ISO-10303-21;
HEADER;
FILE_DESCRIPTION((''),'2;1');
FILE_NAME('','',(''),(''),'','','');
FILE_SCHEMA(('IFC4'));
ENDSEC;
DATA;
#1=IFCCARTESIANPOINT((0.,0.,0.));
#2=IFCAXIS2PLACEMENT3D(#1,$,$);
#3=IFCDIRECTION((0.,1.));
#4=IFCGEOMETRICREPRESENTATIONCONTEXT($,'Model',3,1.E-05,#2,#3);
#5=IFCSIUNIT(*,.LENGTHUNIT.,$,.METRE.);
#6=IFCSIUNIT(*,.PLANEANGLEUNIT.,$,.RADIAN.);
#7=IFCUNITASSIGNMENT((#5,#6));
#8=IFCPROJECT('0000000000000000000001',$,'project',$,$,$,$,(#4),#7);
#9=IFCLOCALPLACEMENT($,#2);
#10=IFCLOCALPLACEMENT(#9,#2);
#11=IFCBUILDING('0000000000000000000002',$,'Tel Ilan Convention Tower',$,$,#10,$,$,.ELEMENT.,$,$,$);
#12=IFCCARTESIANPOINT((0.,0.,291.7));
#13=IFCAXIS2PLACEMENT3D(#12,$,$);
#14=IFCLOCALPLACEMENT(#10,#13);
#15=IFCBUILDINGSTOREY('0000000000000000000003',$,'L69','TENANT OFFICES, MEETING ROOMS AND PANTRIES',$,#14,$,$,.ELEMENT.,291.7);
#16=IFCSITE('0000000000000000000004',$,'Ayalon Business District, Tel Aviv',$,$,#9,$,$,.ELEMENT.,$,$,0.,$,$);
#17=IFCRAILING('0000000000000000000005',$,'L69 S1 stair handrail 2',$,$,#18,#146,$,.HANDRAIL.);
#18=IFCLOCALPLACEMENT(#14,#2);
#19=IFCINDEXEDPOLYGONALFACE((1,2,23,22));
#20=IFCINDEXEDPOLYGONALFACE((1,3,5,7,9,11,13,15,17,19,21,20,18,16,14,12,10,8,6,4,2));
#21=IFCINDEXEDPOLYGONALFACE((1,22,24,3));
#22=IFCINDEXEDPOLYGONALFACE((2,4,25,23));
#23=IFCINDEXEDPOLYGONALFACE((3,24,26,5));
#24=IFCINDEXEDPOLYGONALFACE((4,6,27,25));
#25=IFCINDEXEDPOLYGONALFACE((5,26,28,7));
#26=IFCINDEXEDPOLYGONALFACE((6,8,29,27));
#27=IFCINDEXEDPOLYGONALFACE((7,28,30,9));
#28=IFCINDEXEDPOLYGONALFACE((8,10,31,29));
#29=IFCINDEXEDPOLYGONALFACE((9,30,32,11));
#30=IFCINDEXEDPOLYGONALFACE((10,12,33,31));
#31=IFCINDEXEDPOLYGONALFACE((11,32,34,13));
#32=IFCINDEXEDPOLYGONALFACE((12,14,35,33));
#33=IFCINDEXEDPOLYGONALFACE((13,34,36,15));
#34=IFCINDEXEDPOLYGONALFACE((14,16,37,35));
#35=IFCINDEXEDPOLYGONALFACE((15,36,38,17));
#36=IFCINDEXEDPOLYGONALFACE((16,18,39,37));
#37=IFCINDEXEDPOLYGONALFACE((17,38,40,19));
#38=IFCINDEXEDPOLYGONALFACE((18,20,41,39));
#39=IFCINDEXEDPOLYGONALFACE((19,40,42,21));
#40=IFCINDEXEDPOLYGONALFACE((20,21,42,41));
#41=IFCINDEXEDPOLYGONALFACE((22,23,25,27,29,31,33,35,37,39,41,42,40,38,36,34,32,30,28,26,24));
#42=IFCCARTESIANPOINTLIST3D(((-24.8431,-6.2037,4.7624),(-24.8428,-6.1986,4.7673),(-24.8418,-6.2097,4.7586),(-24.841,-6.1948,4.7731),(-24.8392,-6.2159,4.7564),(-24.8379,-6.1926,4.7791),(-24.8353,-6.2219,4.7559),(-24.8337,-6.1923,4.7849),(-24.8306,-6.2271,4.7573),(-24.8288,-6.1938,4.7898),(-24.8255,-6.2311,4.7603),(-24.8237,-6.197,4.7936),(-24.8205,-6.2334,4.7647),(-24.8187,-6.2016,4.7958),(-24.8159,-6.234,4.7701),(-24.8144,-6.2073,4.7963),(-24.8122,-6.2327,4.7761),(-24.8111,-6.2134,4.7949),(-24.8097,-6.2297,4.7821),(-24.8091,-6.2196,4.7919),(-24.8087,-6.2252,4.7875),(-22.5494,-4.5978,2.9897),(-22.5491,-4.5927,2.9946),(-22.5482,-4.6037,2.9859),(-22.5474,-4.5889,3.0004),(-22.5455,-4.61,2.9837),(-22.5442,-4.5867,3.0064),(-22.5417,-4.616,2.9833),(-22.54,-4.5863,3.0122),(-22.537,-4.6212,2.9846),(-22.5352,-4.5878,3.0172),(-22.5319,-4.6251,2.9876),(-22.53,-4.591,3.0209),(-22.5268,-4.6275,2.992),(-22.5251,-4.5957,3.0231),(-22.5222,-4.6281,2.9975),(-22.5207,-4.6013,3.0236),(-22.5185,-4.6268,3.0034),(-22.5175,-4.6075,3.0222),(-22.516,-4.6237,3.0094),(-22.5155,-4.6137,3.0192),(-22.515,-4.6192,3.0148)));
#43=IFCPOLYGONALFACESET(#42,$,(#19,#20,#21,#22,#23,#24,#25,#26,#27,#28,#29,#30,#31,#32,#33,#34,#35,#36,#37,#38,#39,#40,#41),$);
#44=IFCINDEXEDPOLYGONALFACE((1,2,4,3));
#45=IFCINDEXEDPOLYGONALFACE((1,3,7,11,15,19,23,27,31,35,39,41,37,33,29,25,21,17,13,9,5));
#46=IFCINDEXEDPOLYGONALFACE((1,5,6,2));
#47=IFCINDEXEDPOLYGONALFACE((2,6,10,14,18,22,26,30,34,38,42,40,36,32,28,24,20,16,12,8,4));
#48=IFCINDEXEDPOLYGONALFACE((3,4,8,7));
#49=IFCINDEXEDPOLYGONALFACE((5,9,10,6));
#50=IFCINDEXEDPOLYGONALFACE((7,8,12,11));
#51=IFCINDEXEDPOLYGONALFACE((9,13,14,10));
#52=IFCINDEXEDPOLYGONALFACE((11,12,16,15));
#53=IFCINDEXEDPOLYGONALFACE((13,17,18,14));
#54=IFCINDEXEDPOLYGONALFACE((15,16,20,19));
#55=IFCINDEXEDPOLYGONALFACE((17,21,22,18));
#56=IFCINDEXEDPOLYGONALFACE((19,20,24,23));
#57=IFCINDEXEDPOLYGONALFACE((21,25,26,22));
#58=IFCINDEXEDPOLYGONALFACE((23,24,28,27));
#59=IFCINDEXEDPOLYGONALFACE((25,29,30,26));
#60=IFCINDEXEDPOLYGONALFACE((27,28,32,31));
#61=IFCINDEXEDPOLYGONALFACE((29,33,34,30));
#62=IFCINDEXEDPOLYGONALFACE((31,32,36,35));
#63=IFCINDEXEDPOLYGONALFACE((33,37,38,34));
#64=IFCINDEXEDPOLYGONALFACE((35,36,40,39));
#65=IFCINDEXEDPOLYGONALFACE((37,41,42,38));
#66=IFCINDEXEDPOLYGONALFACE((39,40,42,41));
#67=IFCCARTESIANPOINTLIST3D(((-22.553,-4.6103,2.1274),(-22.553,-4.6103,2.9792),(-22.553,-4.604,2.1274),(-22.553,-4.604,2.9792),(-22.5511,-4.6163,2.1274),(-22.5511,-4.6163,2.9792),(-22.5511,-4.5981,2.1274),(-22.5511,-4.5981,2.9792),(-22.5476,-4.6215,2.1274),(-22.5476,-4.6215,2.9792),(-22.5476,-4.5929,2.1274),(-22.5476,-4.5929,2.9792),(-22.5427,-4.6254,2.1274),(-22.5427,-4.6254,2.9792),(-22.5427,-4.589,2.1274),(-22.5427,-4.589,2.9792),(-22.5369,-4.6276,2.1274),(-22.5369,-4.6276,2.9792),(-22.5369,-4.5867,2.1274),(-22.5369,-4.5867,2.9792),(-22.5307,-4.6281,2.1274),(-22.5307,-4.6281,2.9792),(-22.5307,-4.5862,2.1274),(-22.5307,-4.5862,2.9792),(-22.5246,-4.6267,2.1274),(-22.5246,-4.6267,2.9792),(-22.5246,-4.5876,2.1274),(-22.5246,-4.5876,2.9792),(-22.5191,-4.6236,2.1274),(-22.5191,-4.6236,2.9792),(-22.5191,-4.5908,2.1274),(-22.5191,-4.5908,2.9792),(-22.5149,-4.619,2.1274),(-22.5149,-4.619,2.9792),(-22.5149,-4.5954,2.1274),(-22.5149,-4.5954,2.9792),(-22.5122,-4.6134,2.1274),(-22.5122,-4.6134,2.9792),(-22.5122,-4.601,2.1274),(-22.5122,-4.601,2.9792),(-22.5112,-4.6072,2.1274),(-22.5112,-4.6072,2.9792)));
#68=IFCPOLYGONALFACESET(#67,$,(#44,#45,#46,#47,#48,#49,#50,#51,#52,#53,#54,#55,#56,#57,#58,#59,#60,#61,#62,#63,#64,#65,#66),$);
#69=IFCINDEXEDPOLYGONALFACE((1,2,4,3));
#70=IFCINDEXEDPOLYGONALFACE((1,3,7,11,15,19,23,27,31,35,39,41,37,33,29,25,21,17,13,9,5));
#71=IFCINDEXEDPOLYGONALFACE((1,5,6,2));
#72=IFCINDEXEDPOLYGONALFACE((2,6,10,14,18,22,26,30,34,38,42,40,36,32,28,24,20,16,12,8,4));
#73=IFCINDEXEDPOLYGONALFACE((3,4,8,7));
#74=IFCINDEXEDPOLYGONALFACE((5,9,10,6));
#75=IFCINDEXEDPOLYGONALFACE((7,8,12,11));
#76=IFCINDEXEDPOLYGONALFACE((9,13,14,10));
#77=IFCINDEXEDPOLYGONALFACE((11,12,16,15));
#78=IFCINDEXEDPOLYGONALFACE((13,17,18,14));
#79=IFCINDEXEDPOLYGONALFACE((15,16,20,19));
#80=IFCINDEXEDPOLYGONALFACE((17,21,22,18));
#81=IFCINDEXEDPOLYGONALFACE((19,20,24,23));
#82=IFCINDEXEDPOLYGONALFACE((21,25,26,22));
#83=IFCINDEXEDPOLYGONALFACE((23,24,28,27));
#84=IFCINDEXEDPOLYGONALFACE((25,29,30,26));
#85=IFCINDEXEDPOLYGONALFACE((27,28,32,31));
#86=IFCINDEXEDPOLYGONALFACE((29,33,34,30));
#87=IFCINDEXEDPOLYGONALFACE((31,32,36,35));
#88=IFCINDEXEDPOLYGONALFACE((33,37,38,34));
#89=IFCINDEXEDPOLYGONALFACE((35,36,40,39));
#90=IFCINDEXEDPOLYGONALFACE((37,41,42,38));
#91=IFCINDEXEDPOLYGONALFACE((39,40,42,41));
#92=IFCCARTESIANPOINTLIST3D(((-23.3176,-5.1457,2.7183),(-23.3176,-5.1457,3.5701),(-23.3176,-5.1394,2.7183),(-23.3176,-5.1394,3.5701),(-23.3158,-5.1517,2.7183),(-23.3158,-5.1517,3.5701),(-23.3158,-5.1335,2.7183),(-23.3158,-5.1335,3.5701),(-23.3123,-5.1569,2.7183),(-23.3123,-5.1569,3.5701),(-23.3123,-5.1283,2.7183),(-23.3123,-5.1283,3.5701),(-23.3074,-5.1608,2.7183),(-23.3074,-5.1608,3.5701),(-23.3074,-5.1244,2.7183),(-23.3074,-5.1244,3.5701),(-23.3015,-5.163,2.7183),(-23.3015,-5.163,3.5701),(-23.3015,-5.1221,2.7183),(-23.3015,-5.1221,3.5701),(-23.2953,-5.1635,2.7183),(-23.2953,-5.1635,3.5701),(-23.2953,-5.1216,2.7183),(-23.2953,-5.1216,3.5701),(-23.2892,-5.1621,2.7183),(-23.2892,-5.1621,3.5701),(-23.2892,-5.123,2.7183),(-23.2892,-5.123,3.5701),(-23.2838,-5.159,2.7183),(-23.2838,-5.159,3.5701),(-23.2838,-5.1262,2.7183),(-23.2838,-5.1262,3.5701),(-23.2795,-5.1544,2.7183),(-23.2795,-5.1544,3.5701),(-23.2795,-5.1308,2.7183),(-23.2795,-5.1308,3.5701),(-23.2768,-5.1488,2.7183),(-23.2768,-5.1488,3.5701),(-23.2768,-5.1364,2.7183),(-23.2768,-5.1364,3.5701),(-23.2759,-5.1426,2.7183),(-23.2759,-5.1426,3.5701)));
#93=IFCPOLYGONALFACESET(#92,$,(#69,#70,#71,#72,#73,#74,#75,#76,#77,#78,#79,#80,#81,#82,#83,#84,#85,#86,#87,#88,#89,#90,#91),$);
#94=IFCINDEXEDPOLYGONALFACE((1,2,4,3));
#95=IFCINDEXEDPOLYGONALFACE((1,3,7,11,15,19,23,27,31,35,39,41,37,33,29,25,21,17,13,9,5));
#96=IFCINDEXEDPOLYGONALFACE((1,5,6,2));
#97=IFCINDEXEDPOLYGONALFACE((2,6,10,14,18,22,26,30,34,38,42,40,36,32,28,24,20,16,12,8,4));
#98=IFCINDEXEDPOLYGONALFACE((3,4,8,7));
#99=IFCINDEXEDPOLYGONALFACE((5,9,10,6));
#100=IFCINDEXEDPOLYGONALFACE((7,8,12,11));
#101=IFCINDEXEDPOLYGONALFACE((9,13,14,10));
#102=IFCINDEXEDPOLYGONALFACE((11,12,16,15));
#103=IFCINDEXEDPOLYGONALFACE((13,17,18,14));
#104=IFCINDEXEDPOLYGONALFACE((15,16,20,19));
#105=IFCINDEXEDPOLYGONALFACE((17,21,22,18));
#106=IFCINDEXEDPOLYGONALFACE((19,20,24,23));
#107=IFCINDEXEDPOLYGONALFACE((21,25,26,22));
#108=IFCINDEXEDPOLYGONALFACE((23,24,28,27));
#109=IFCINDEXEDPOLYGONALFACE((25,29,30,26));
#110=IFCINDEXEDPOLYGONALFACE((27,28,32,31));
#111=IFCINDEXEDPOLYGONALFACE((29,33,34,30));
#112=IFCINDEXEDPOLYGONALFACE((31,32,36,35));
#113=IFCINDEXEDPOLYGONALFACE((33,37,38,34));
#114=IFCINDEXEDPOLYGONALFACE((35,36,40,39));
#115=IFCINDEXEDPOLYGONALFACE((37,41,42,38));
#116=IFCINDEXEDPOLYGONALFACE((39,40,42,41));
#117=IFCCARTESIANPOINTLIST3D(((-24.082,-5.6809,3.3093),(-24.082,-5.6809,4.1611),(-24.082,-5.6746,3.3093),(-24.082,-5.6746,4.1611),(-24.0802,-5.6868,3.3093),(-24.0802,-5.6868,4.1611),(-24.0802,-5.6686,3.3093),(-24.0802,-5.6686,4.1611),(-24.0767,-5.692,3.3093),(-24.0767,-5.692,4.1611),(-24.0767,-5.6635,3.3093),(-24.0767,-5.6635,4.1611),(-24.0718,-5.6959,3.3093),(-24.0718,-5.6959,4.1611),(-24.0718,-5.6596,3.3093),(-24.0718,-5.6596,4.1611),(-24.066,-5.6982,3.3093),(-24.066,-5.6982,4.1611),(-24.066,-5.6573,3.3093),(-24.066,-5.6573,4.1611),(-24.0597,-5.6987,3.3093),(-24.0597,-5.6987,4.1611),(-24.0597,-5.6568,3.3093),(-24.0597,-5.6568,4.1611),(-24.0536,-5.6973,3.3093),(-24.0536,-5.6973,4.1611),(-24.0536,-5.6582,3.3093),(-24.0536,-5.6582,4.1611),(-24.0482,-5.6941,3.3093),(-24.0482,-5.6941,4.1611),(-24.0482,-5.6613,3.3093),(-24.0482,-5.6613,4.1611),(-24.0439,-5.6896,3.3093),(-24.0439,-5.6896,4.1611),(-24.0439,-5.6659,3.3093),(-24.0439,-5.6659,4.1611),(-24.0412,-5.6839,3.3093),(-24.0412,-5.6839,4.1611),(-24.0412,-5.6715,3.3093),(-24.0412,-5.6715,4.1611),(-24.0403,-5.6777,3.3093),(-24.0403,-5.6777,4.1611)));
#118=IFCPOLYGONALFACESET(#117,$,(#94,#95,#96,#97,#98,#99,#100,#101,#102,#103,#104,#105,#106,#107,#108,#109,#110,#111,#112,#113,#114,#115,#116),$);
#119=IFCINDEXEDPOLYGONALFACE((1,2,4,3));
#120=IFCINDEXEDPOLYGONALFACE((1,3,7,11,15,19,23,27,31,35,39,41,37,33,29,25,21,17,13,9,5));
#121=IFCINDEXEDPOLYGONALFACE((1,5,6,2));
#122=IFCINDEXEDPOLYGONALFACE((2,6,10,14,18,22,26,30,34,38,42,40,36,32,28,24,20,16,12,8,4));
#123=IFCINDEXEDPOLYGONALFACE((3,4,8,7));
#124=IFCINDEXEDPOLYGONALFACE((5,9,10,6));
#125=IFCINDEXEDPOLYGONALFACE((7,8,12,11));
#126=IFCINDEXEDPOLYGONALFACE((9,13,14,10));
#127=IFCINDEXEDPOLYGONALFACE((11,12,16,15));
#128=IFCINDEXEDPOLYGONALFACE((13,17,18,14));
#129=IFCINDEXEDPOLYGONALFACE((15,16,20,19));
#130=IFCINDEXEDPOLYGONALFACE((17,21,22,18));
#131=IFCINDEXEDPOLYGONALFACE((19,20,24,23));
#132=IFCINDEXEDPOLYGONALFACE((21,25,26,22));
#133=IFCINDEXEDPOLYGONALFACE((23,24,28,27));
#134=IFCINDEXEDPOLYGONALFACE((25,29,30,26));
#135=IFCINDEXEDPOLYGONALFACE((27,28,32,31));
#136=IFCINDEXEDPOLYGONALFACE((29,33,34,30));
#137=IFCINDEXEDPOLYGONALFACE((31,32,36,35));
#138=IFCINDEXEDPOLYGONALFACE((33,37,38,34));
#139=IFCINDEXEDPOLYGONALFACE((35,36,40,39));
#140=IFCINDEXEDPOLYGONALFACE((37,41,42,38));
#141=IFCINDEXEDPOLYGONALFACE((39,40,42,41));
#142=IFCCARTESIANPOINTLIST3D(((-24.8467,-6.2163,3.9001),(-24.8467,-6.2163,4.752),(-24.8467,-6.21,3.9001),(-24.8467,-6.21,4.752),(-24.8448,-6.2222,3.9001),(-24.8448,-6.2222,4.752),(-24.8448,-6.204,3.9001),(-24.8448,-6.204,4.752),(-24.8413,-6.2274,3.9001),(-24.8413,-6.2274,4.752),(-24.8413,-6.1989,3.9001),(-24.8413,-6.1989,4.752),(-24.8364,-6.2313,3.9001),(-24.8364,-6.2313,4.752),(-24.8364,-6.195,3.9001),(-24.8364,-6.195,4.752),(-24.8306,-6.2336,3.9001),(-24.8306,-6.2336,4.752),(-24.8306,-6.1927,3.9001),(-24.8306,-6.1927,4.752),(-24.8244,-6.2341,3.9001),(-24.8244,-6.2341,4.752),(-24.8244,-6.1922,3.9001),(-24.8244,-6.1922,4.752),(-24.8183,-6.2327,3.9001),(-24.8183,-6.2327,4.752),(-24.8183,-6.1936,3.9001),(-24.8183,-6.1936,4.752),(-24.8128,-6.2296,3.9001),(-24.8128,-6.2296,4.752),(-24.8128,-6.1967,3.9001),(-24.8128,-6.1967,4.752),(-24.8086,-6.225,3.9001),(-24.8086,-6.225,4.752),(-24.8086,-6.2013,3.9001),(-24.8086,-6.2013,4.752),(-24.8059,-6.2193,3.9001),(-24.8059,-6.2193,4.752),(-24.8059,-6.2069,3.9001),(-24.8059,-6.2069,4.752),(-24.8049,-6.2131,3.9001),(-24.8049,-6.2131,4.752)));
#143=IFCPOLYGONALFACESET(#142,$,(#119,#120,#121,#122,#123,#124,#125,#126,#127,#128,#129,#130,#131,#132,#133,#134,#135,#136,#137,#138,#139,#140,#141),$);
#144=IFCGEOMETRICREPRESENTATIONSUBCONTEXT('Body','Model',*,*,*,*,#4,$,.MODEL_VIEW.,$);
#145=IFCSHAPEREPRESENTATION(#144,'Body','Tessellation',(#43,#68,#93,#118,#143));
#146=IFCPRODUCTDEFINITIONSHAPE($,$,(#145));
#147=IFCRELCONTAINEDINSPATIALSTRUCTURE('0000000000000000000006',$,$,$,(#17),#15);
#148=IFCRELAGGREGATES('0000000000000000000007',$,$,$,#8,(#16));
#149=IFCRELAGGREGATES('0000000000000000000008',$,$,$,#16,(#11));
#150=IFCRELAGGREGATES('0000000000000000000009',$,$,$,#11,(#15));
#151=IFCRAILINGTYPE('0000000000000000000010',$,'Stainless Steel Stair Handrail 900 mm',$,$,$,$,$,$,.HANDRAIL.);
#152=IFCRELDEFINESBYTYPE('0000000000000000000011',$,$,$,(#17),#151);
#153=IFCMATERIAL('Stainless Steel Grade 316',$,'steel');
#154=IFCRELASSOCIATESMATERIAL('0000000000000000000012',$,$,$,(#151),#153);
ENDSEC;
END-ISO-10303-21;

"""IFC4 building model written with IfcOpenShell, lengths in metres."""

from ifc_helpers import new_model, si_unit, direction, frame, origin, origin_2d, place, context, subcontext, project, spatial, circle, extrude, material, type_object, element, save


model = new_model("IFC4")

# Units and contexts
model_context = context("Model", 3, precision=1e-05, world=origin(), true_north=direction((0.0, 1.0)))
body_context = subcontext(model_context, "Body", "Model", "MODEL_VIEW")
ifc_project = project(units=[si_unit("LENGTHUNIT", "METRE"), si_unit("PLANEANGLEUNIT", "RADIAN")], contexts=[model_context])

# Site, building, storey
site_placement = place(None, origin())
site = spatial("IfcSite", under=ifc_project, at=site_placement, Name="Ayalon Business District, Tel Aviv", CompositionType="ELEMENT", RefElevation=0.0)
building_placement = place(site_placement, origin())
building = spatial("IfcBuilding", under=site, at=building_placement, Name="Tel Ilan Convention Tower", CompositionType="ELEMENT")
storey_placement = place(building_placement, frame((0.0, 0.0, 291.7)))
storey = spatial("IfcBuildingStorey", under=building, at=storey_placement, Name="L69", Description="TENANT OFFICES, MEETING ROOMS AND PANTRIES", CompositionType="ELEMENT", Elevation=291.7)

# Railing
ifc_material_1 = material(Name="Stainless Steel Grade 316", Category="steel")
railing_type_1 = type_object("IfcRailingType", Name="Stainless Steel Stair Handrail 900 mm", PredefinedType="HANDRAIL", material=ifc_material_1)
for number, where, name in (
    (1, (-22.5322, -4.6072, 2.1274), "L69 S1 stair handrail 2"),
):
    element("IfcRailing", number, at=place(storey_placement, frame(where)), inside=storey, type_object=railing_type_1, Name=name, PredefinedType="HANDRAIL", context=body_context, shape_type="SweptSolid", body=[
        extrude(circle(Radius=0.0239, at=origin_2d()), frame((0.0, 0.0, 0.876), z_axis=(-0.692123, -0.484597, 0.534913), x_axis=(0.57355, -0.81917, 0.0)), (0.0, 0.0, 1.0), 3.314),
        extrude(circle(Radius=0.021, at=origin_2d()), origin(), (0.0, 0.0, 1.0), 0.8518),
        extrude(circle(Radius=0.021, at=origin_2d()), frame((-0.7646, -0.5354, 0.5908)), (0.0, 0.0, 1.0), 0.8518),
        extrude(circle(Radius=0.021, at=origin_2d()), frame((-1.5291, -1.0706, 1.1819)), (0.0, 0.0, 1.0), 0.8518),
        extrude(circle(Radius=0.021, at=origin_2d()), frame((-2.2937, -1.606, 1.7727)), (0.0, 0.0, 1.0), 0.8518),
    ])

save(model, "model.ifc")
